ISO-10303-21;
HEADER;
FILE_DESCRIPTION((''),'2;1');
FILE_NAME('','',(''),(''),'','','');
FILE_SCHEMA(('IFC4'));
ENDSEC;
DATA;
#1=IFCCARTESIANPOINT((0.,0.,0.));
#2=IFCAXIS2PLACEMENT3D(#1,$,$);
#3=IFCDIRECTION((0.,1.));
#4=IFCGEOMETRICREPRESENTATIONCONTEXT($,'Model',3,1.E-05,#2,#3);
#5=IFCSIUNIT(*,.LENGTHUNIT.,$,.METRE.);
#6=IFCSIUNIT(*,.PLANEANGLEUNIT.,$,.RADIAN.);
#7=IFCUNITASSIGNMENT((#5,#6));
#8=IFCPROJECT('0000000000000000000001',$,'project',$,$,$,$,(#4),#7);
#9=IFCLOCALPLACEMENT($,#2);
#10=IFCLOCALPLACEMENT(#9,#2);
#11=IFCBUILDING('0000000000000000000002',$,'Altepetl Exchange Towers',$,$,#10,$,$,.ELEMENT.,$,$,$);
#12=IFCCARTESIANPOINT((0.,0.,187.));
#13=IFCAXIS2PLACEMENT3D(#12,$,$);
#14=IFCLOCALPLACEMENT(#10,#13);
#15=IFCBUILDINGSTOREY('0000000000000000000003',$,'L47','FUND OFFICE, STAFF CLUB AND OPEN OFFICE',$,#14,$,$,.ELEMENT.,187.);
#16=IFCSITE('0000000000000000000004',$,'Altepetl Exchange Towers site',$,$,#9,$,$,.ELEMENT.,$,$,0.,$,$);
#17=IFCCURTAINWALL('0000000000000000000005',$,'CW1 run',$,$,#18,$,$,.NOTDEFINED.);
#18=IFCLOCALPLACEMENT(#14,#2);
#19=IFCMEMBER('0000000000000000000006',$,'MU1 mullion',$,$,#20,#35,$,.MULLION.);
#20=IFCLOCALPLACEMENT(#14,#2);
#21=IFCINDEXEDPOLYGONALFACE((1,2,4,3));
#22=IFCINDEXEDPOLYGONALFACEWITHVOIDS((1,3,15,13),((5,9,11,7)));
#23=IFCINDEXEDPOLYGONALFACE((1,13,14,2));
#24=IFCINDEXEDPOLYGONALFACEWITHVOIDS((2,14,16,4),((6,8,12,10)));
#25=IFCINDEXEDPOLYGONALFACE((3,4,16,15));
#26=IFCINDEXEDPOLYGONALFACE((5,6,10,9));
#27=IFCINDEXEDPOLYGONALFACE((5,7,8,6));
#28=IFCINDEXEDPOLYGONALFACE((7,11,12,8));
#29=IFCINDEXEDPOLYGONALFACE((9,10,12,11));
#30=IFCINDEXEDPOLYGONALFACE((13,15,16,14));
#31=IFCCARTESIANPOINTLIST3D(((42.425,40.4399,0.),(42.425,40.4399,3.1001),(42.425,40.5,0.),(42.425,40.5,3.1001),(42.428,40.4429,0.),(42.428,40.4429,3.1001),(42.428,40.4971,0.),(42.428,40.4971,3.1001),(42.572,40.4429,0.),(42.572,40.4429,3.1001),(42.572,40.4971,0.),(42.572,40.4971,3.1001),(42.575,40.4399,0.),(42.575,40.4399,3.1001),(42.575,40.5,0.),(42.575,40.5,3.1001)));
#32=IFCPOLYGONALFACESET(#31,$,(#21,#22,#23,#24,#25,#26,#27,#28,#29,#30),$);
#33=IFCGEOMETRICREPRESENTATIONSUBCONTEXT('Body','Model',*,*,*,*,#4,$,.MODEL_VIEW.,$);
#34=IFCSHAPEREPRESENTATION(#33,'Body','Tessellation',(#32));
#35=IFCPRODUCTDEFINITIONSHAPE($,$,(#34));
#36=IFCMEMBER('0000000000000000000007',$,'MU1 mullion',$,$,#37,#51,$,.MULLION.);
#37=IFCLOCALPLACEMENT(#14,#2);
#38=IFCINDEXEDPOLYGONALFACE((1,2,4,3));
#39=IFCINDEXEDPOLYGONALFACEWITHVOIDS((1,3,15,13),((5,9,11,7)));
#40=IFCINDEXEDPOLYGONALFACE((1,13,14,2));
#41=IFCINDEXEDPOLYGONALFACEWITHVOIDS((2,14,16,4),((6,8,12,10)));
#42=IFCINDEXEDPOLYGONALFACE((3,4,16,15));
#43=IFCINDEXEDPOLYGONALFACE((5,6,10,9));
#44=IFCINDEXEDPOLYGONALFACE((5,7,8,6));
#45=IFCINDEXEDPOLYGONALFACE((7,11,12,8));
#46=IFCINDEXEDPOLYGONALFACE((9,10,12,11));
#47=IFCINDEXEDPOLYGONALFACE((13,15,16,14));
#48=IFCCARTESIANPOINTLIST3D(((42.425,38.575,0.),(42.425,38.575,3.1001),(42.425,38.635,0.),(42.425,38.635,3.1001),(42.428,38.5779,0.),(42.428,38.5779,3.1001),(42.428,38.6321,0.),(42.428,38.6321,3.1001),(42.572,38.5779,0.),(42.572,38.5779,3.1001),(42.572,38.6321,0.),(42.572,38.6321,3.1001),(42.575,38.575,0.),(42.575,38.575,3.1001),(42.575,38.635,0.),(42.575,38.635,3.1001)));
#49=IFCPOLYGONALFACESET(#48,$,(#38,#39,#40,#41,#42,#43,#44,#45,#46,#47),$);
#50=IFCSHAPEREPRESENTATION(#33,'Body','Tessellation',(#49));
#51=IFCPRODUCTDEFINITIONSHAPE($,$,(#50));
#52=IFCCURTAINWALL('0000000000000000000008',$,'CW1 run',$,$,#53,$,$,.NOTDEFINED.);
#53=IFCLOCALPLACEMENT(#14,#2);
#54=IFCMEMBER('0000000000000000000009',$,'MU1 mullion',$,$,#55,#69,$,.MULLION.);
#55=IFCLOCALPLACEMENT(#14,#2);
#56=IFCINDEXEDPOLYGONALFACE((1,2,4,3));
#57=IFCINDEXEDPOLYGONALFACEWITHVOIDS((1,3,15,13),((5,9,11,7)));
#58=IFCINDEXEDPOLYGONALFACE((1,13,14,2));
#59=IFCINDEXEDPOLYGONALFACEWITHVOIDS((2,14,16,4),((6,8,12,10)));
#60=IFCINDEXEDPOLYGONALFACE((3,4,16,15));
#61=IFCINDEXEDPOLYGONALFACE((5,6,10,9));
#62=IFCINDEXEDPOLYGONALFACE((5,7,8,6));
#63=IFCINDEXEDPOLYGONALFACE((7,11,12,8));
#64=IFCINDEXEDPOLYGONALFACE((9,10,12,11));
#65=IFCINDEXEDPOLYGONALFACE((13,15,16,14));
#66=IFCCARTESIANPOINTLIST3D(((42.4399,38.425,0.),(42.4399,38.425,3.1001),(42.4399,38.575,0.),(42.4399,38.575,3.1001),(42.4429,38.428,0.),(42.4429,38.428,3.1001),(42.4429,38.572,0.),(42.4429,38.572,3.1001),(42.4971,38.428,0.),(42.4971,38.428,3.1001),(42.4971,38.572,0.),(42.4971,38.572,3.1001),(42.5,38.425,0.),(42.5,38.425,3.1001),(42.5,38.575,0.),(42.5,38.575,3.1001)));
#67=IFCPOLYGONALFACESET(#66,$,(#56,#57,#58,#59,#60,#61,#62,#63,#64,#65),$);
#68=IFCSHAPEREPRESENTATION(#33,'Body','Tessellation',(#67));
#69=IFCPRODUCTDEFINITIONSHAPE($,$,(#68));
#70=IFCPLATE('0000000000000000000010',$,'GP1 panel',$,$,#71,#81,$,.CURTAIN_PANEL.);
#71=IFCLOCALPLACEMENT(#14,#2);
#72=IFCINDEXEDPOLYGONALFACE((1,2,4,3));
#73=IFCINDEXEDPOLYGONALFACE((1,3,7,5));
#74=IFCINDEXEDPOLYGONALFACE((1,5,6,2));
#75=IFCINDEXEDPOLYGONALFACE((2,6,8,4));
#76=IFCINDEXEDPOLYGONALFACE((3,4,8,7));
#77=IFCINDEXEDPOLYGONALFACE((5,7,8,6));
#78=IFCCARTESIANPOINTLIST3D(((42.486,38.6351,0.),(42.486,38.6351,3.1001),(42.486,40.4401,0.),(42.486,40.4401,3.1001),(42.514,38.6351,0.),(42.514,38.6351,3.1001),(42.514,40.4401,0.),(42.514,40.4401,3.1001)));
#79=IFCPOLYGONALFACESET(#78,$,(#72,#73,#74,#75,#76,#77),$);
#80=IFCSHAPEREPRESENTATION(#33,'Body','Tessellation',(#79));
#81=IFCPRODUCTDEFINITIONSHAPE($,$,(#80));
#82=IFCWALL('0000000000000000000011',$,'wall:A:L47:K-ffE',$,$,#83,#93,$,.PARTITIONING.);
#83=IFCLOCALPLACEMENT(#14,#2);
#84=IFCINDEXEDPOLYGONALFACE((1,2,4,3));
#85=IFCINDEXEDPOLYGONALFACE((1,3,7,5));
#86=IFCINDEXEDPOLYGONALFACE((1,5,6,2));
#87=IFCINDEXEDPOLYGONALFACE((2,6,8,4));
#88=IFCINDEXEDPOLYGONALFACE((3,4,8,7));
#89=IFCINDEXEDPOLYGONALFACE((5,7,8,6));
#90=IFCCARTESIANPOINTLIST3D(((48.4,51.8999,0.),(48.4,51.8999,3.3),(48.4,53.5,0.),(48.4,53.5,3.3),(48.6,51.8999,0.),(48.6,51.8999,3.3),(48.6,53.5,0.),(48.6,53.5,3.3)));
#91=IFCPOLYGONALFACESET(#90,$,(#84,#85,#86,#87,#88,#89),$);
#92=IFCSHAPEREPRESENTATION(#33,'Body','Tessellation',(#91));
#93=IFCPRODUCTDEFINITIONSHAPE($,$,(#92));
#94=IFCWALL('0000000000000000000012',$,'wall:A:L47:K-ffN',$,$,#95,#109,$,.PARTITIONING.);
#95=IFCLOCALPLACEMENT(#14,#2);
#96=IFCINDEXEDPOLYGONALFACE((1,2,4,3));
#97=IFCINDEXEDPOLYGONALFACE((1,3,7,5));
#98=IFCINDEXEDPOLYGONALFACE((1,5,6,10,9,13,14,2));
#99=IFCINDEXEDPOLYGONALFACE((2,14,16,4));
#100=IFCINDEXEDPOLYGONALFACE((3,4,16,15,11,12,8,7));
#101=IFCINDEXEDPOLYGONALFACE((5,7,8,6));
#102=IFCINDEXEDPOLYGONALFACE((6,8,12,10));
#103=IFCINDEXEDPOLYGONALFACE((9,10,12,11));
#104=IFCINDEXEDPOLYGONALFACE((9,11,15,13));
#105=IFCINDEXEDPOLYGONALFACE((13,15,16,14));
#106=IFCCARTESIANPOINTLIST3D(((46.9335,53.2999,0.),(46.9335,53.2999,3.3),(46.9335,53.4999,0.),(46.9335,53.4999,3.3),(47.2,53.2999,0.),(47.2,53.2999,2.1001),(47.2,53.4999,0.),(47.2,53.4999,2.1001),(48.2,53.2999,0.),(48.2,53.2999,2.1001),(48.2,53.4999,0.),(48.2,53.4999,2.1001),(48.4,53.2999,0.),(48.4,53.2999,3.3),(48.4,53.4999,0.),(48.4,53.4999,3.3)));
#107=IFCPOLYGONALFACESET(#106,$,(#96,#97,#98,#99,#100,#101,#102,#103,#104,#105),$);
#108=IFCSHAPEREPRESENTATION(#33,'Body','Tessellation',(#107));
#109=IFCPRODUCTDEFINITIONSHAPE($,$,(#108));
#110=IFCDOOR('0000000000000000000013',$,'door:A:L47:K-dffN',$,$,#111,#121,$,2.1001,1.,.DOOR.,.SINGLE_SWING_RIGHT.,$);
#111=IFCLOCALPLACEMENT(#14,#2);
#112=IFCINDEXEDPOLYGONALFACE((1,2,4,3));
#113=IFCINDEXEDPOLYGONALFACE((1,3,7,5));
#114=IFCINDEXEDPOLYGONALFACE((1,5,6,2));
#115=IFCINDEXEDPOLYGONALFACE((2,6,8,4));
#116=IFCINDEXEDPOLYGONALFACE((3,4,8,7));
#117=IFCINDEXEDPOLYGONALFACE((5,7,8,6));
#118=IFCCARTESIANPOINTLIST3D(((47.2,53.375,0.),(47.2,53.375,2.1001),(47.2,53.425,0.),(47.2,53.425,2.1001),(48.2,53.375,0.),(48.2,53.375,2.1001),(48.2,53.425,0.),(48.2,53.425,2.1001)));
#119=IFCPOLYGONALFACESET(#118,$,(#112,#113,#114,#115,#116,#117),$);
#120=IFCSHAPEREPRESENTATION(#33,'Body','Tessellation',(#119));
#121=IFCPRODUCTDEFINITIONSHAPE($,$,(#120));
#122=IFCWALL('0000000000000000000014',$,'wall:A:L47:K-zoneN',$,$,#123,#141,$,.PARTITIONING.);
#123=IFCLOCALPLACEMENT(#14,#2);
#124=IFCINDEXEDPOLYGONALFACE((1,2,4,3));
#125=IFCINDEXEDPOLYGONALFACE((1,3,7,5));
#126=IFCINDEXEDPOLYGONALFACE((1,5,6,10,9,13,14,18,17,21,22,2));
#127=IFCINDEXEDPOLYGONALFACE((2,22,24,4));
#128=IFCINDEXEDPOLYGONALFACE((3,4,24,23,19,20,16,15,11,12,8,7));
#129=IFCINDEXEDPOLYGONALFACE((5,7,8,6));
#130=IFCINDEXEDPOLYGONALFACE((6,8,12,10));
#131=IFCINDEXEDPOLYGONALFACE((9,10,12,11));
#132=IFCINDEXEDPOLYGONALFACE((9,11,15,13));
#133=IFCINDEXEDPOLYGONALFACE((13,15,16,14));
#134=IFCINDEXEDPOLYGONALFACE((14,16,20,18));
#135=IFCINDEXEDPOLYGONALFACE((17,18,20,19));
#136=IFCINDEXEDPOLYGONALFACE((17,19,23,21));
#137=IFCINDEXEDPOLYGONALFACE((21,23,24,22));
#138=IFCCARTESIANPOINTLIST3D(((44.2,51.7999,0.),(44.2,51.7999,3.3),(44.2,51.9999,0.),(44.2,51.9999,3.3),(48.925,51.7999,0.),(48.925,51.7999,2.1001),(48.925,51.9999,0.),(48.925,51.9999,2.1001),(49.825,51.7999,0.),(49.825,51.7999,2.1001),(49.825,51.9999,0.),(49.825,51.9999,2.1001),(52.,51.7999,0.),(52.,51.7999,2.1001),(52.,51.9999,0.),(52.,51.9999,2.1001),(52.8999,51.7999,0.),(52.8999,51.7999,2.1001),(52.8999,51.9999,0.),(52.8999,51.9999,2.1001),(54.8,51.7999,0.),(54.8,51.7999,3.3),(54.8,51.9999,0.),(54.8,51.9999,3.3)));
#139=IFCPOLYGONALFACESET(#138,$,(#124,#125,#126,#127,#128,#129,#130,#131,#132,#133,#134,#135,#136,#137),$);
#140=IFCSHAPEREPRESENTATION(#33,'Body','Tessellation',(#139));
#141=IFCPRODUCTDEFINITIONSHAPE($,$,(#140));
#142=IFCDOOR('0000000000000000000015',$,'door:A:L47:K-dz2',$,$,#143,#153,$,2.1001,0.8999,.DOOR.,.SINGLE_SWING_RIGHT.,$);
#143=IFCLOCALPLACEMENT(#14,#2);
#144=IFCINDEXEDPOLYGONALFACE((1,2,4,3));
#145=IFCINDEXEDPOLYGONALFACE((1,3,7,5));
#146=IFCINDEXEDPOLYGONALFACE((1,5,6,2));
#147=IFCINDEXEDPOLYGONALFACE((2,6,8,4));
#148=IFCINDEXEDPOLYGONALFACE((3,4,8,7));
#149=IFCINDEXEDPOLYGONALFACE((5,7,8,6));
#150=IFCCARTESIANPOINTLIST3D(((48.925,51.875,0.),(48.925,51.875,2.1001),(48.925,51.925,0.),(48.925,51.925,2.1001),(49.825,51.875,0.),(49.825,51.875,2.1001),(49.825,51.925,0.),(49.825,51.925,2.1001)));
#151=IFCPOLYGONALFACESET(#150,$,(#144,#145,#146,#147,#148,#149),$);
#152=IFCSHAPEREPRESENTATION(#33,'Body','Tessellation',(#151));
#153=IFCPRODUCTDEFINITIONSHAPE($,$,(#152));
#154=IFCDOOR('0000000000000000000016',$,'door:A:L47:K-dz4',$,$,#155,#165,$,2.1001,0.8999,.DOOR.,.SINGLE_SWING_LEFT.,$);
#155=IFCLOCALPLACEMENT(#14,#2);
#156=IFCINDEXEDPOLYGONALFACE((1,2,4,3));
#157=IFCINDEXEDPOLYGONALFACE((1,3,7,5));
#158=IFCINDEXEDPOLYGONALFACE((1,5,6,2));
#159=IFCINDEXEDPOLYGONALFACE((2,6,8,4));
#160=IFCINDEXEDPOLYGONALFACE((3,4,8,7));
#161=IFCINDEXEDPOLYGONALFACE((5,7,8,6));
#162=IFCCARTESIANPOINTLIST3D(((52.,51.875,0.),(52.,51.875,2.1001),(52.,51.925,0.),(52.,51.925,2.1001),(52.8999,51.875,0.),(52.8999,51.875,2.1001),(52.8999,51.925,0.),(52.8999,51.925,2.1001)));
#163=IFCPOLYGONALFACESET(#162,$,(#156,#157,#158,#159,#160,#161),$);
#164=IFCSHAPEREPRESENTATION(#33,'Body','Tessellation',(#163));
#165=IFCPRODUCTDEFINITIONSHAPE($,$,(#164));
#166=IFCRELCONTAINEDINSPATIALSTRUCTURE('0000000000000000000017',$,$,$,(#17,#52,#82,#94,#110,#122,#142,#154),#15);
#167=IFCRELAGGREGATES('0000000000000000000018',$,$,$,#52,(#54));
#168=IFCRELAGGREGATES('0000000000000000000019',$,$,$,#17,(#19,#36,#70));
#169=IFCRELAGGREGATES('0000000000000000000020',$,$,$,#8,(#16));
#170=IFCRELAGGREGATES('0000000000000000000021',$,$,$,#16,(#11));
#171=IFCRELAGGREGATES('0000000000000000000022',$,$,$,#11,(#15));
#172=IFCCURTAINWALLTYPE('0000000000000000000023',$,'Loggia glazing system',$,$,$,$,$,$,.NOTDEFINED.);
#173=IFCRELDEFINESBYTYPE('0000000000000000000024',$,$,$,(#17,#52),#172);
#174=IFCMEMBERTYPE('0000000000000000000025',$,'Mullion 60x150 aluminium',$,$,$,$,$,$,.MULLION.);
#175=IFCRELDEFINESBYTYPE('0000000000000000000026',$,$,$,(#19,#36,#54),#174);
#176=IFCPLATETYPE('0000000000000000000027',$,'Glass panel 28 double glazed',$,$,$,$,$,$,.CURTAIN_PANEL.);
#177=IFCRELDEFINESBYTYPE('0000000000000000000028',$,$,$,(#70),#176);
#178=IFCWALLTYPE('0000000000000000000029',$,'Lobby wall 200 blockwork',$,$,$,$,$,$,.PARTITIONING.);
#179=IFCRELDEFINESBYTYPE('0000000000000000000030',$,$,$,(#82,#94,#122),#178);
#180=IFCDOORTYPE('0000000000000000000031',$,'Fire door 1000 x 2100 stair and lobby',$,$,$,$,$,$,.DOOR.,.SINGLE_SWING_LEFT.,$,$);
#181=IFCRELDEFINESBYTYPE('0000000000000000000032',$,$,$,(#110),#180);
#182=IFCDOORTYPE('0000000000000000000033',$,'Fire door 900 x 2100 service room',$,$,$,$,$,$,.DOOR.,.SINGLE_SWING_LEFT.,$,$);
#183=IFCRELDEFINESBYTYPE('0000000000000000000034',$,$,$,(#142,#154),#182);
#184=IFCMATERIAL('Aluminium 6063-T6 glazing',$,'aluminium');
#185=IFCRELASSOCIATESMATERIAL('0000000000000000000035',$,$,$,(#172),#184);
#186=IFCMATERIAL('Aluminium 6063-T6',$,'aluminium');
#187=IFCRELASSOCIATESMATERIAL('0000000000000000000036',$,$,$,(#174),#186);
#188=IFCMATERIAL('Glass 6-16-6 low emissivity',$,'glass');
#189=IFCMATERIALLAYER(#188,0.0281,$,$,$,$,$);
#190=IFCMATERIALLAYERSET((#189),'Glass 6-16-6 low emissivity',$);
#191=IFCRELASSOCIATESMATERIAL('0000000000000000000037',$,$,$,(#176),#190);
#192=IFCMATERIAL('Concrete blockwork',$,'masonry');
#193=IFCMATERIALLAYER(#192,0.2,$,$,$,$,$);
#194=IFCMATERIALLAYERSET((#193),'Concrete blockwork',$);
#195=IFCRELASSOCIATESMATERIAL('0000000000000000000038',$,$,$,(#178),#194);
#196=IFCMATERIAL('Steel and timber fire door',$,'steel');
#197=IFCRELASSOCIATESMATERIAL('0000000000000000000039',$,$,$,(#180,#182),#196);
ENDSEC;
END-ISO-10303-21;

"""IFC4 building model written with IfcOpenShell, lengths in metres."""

from ifc_helpers import new_model, si_unit, direction, frame, frame_2d, origin, origin_2d, place, context, subcontext, project, spatial, rectangle, hollow_rectangle, extrude, material, layer, layer_set, material_profile, profile_set, type_object, element, fill, aggregate, save


model = new_model("IFC4")

# Units and contexts
model_context = context("Model", 3, precision=1e-05, world=origin(), true_north=direction((0.0, 1.0)))
body_context = subcontext(model_context, "Body", "Model", "MODEL_VIEW")
ifc_project = project(units=[si_unit("LENGTHUNIT", "METRE"), si_unit("PLANEANGLEUNIT", "RADIAN")], contexts=[model_context])

# Site, building, storey
site_placement = place(None, origin())
site = spatial("IfcSite", under=ifc_project, at=site_placement, Name="Altepetl Exchange Towers site", CompositionType="ELEMENT", RefElevation=0.0)
building_placement = place(site_placement, origin())
building = spatial("IfcBuilding", under=site, at=building_placement, Name="Altepetl Exchange Towers", CompositionType="ELEMENT")
storey_placement = place(building_placement, frame((0.0, 0.0, 187.0)))
storey = spatial("IfcBuildingStorey", under=building, at=storey_placement, Name="L47", Description="FUND OFFICE, STAFF CLUB AND OPEN OFFICE", CompositionType="ELEMENT", Elevation=187.0)

# Curtain wall, members
ifc_material_1 = material(Name="Aluminium 6063-T6 glazing", Category="aluminium")
curtain_wall_type = type_object("IfcCurtainWallType", Name="Loggia glazing system", PredefinedType="NOTDEFINED", material=ifc_material_1)
curtain_wall_1_placement = place(storey_placement, origin())
curtain_wall_1 = element("IfcCurtainWall", 1, at=curtain_wall_1_placement, inside=storey, type_object=curtain_wall_type, Name="CW1 run", PredefinedType="NOTDEFINED")
ifc_material_2 = material(Name="Aluminium 6063-T6", Category="aluminium")
ifc_material_profile = material_profile(ifc_material_2, hollow_rectangle(XDim=0.0601, YDim=0.1499, WallThickness=0.0029, at=origin_2d()), Name="Mullion 60x150 aluminium")
ifc_profile_set = profile_set([ifc_material_profile], Name="Aluminium 6063-T6")
member_type = type_object("IfcMemberType", Name="Mullion 60x150 aluminium", PredefinedType="MULLION", material=ifc_profile_set)
member_1_placement = place(storey_placement, frame((42.5, 40.47, 0.0), z_axis=(0.0, 0.0, 1.0), x_axis=(0.0, -1.0, 0.0)))
member_1 = element("IfcMember", 2, at=member_1_placement, type_object=member_type, Name="MU1 mullion", PredefinedType="MULLION", context=body_context, shape_type="SweptSolid", body=[
    extrude(hollow_rectangle(XDim=0.0601, YDim=0.1499, WallThickness=0.0029, at=origin_2d()), origin(), (0.0, 0.0, 1.0), 3.1001),
])
member_2_placement = place(storey_placement, frame((42.5, 38.605, 0.0), z_axis=(0.0, 0.0, 1.0), x_axis=(0.0, -1.0, 0.0)))
member_2 = element("IfcMember", 3, at=member_2_placement, type_object=member_type, Name="MU1 mullion", PredefinedType="MULLION", context=body_context, shape_type="SweptSolid", body=[
    extrude(hollow_rectangle(XDim=0.0601, YDim=0.1499, WallThickness=0.0029, at=origin_2d()), origin(), (0.0, 0.0, 1.0), 3.1001),
])

# Curtain wall, member
curtain_wall_2_placement = place(storey_placement, origin())
curtain_wall_2 = element("IfcCurtainWall", 4, at=curtain_wall_2_placement, inside=storey, type_object=curtain_wall_type, Name="CW1 run", PredefinedType="NOTDEFINED")
member_3_placement = place(storey_placement, frame((42.47, 38.5, 0.0), z_axis=(0.0, 0.0, 1.0), x_axis=(-1.0, 0.0, 0.0)))
member_3 = element("IfcMember", 5, at=member_3_placement, type_object=member_type, Name="MU1 mullion", PredefinedType="MULLION", context=body_context, shape_type="SweptSolid", body=[
    extrude(hollow_rectangle(XDim=0.0601, YDim=0.1499, WallThickness=0.0029, at=origin_2d()), origin(), (0.0, 0.0, 1.0), 3.1001),
])
aggregate(curtain_wall_2, [member_3])

# Plate
ifc_material_3 = material(Name="Glass 6-16-6 low emissivity", Category="glass")
ifc_layer_1 = layer(ifc_material_3, 0.0281)
ifc_layer_set_1 = layer_set([ifc_layer_1], Name="Glass 6-16-6 low emissivity")
plate_type = type_object("IfcPlateType", Name="Glass panel 28 double glazed", PredefinedType="CURTAIN_PANEL", material=ifc_layer_set_1)
plate_placement = place(storey_placement, frame((42.5, 39.5376, 0.0), z_axis=(0.0, 0.0, 1.0), x_axis=(0.0, -1.0, 0.0)))
plate = element("IfcPlate", 6, at=plate_placement, type_object=plate_type, Name="GP1 panel", PredefinedType="CURTAIN_PANEL", context=body_context, shape_type="SweptSolid", body=[
    extrude(rectangle(XDim=1.8049, YDim=0.0281, at=origin_2d()), origin(), (0.0, 0.0, 1.0), 3.1001),
])
aggregate(curtain_wall_1, [member_1, member_2, plate])

# Wall
ifc_material_4 = material(Name="Concrete blockwork", Category="masonry")
ifc_layer_2 = layer(ifc_material_4, 0.2)
ifc_layer_set_2 = layer_set([ifc_layer_2], Name="Concrete blockwork")
wall_type_1 = type_object("IfcWallType", Name="Lobby wall 200 blockwork", PredefinedType="PARTITIONING", material=ifc_layer_set_2)
wall_1_placement = place(storey_placement, frame((48.5, 51.8999, 0.0), z_axis=(0.0, 0.0, 1.0), x_axis=(0.0, 1.0, 0.0)))
element("IfcWall", 7, at=wall_1_placement, inside=storey, type_object=wall_type_1, Name="wall:A:L47:K-ffE", PredefinedType="PARTITIONING", context=body_context, shape_type="SweptSolid", body=[
    extrude(rectangle(XDim=1.6001, YDim=0.2, at=frame_2d((0.8, 0.0))), origin(), (0.0, 0.0, 1.0), 3.3),
])

# Wall, opening, door
wall_2_placement = place(storey_placement, frame((46.9333, 53.3999, 0.0)))
wall_2 = element("IfcWall", 8, at=wall_2_placement, inside=storey, type_object=wall_type_1, Name="wall:A:L47:K-ffN", PredefinedType="PARTITIONING", context=body_context, shape_type="SweptSolid", body=[
    extrude(rectangle(XDim=1.4666, YDim=0.2, at=frame_2d((0.7334, 0.0))), origin(), (0.0, 0.0, 1.0), 3.3),
])
opening_1_placement = place(wall_2_placement, frame((0.2666, 0.0, 0.0)))
opening_1 = element("IfcOpeningElement", 9, at=opening_1_placement, cuts=wall_2, PredefinedType="OPENING", context=body_context, shape_type="SweptSolid", body=[
    extrude(rectangle(XDim=1.0, YDim=2.1001, at=frame_2d((0.5, 1.05))), frame((0.0, 0.1099, 0.0), z_axis=(0.0, -1.0, 0.0), x_axis=(1.0, 0.0, 0.0)), (0.0, 0.0, 1.0), 0.22),
])
ifc_material_5 = material(Name="Steel and timber fire door", Category="steel")
door_type_1 = type_object("IfcDoorType", Name="Fire door 1000 x 2100 stair and lobby", OperationType="SINGLE_SWING_LEFT", PredefinedType="DOOR", material=ifc_material_5)
door_1_placement = place(opening_1_placement, frame((1.0, 0.0, 0.0), x_axis=(-1.0, 0.0, 0.0)))
door_1 = element("IfcDoor", 10, at=door_1_placement, inside=storey, type_object=door_type_1, Name="door:A:L47:K-dffN", OperationType="SINGLE_SWING_RIGHT", OverallHeight=2.1001, OverallWidth=1.0, PredefinedType="DOOR", context=body_context, shape_type="SweptSolid", body=[
    extrude(rectangle(XDim=1.0, YDim=2.1001, at=frame_2d((0.5, 1.05))), frame((0.0, 0.0249, 0.0), z_axis=(0.0, -1.0, 0.0), x_axis=(1.0, 0.0, 0.0)), (0.0, 0.0, 1.0), 0.05),
])
fill(opening_1, door_1)

# Wall, openings, doors
wall_3_placement = place(storey_placement, frame((44.2, 51.8999, 0.0)))
wall_3 = element("IfcWall", 11, at=wall_3_placement, inside=storey, type_object=wall_type_1, Name="wall:A:L47:K-zoneN", PredefinedType="PARTITIONING", context=body_context, shape_type="SweptSolid", body=[
    extrude(rectangle(XDim=10.6001, YDim=0.2, at=frame_2d((5.3, 0.0))), origin(), (0.0, 0.0, 1.0), 3.3),
])
opening_2_placement = place(wall_3_placement, frame((4.7251, 0.0, 0.0)))
opening_2 = element("IfcOpeningElement", 12, at=opening_2_placement, cuts=wall_3, PredefinedType="OPENING", context=body_context, shape_type="SweptSolid", body=[
    extrude(rectangle(XDim=0.8999, YDim=2.1001, at=frame_2d((0.45, 1.05))), frame((0.0, 0.1099, 0.0), z_axis=(0.0, -1.0, 0.0), x_axis=(1.0, 0.0, 0.0)), (0.0, 0.0, 1.0), 0.22),
])
opening_3_placement = place(wall_3_placement, frame((7.8, 0.0, 0.0)))
opening_3 = element("IfcOpeningElement", 13, at=opening_3_placement, cuts=wall_3, PredefinedType="OPENING", context=body_context, shape_type="SweptSolid", body=[
    extrude(rectangle(XDim=0.8999, YDim=2.1001, at=frame_2d((0.45, 1.05))), frame((0.0, 0.1099, 0.0), z_axis=(0.0, -1.0, 0.0), x_axis=(1.0, 0.0, 0.0)), (0.0, 0.0, 1.0), 0.22),
])
door_type_2 = type_object("IfcDoorType", Name="Fire door 900 x 2100 service room", OperationType="SINGLE_SWING_LEFT", PredefinedType="DOOR", material=ifc_material_5)
door_2_placement = place(opening_2_placement, frame((0.8999, 0.0, 0.0), x_axis=(-1.0, 0.0, 0.0)))
door_2 = element("IfcDoor", 14, at=door_2_placement, inside=storey, type_object=door_type_2, Name="door:A:L47:K-dz2", OperationType="SINGLE_SWING_RIGHT", OverallHeight=2.1001, OverallWidth=0.8999, PredefinedType="DOOR", context=body_context, shape_type="SweptSolid", body=[
    extrude(rectangle(XDim=0.8999, YDim=2.1001, at=frame_2d((0.45, 1.05))), frame((0.0, 0.0249, 0.0), z_axis=(0.0, -1.0, 0.0), x_axis=(1.0, 0.0, 0.0)), (0.0, 0.0, 1.0), 0.05),
])
fill(opening_2, door_2)
door_3_placement = place(opening_3_placement, frame((0.8999, 0.0, 0.0), x_axis=(-1.0, 0.0, 0.0)))
door_3 = element("IfcDoor", 15, at=door_3_placement, inside=storey, type_object=door_type_2, Name="door:A:L47:K-dz4", OperationType="SINGLE_SWING_LEFT", OverallHeight=2.1001, OverallWidth=0.8999, PredefinedType="DOOR", context=body_context, shape_type="SweptSolid", body=[
    extrude(rectangle(XDim=0.8999, YDim=2.1001, at=frame_2d((0.45, 1.05))), frame((0.0, 0.0249, 0.0), z_axis=(0.0, -1.0, 0.0), x_axis=(1.0, 0.0, 0.0)), (0.0, 0.0, 1.0), 0.05),
])
fill(opening_3, door_3)

save(model, "model.ifc")
